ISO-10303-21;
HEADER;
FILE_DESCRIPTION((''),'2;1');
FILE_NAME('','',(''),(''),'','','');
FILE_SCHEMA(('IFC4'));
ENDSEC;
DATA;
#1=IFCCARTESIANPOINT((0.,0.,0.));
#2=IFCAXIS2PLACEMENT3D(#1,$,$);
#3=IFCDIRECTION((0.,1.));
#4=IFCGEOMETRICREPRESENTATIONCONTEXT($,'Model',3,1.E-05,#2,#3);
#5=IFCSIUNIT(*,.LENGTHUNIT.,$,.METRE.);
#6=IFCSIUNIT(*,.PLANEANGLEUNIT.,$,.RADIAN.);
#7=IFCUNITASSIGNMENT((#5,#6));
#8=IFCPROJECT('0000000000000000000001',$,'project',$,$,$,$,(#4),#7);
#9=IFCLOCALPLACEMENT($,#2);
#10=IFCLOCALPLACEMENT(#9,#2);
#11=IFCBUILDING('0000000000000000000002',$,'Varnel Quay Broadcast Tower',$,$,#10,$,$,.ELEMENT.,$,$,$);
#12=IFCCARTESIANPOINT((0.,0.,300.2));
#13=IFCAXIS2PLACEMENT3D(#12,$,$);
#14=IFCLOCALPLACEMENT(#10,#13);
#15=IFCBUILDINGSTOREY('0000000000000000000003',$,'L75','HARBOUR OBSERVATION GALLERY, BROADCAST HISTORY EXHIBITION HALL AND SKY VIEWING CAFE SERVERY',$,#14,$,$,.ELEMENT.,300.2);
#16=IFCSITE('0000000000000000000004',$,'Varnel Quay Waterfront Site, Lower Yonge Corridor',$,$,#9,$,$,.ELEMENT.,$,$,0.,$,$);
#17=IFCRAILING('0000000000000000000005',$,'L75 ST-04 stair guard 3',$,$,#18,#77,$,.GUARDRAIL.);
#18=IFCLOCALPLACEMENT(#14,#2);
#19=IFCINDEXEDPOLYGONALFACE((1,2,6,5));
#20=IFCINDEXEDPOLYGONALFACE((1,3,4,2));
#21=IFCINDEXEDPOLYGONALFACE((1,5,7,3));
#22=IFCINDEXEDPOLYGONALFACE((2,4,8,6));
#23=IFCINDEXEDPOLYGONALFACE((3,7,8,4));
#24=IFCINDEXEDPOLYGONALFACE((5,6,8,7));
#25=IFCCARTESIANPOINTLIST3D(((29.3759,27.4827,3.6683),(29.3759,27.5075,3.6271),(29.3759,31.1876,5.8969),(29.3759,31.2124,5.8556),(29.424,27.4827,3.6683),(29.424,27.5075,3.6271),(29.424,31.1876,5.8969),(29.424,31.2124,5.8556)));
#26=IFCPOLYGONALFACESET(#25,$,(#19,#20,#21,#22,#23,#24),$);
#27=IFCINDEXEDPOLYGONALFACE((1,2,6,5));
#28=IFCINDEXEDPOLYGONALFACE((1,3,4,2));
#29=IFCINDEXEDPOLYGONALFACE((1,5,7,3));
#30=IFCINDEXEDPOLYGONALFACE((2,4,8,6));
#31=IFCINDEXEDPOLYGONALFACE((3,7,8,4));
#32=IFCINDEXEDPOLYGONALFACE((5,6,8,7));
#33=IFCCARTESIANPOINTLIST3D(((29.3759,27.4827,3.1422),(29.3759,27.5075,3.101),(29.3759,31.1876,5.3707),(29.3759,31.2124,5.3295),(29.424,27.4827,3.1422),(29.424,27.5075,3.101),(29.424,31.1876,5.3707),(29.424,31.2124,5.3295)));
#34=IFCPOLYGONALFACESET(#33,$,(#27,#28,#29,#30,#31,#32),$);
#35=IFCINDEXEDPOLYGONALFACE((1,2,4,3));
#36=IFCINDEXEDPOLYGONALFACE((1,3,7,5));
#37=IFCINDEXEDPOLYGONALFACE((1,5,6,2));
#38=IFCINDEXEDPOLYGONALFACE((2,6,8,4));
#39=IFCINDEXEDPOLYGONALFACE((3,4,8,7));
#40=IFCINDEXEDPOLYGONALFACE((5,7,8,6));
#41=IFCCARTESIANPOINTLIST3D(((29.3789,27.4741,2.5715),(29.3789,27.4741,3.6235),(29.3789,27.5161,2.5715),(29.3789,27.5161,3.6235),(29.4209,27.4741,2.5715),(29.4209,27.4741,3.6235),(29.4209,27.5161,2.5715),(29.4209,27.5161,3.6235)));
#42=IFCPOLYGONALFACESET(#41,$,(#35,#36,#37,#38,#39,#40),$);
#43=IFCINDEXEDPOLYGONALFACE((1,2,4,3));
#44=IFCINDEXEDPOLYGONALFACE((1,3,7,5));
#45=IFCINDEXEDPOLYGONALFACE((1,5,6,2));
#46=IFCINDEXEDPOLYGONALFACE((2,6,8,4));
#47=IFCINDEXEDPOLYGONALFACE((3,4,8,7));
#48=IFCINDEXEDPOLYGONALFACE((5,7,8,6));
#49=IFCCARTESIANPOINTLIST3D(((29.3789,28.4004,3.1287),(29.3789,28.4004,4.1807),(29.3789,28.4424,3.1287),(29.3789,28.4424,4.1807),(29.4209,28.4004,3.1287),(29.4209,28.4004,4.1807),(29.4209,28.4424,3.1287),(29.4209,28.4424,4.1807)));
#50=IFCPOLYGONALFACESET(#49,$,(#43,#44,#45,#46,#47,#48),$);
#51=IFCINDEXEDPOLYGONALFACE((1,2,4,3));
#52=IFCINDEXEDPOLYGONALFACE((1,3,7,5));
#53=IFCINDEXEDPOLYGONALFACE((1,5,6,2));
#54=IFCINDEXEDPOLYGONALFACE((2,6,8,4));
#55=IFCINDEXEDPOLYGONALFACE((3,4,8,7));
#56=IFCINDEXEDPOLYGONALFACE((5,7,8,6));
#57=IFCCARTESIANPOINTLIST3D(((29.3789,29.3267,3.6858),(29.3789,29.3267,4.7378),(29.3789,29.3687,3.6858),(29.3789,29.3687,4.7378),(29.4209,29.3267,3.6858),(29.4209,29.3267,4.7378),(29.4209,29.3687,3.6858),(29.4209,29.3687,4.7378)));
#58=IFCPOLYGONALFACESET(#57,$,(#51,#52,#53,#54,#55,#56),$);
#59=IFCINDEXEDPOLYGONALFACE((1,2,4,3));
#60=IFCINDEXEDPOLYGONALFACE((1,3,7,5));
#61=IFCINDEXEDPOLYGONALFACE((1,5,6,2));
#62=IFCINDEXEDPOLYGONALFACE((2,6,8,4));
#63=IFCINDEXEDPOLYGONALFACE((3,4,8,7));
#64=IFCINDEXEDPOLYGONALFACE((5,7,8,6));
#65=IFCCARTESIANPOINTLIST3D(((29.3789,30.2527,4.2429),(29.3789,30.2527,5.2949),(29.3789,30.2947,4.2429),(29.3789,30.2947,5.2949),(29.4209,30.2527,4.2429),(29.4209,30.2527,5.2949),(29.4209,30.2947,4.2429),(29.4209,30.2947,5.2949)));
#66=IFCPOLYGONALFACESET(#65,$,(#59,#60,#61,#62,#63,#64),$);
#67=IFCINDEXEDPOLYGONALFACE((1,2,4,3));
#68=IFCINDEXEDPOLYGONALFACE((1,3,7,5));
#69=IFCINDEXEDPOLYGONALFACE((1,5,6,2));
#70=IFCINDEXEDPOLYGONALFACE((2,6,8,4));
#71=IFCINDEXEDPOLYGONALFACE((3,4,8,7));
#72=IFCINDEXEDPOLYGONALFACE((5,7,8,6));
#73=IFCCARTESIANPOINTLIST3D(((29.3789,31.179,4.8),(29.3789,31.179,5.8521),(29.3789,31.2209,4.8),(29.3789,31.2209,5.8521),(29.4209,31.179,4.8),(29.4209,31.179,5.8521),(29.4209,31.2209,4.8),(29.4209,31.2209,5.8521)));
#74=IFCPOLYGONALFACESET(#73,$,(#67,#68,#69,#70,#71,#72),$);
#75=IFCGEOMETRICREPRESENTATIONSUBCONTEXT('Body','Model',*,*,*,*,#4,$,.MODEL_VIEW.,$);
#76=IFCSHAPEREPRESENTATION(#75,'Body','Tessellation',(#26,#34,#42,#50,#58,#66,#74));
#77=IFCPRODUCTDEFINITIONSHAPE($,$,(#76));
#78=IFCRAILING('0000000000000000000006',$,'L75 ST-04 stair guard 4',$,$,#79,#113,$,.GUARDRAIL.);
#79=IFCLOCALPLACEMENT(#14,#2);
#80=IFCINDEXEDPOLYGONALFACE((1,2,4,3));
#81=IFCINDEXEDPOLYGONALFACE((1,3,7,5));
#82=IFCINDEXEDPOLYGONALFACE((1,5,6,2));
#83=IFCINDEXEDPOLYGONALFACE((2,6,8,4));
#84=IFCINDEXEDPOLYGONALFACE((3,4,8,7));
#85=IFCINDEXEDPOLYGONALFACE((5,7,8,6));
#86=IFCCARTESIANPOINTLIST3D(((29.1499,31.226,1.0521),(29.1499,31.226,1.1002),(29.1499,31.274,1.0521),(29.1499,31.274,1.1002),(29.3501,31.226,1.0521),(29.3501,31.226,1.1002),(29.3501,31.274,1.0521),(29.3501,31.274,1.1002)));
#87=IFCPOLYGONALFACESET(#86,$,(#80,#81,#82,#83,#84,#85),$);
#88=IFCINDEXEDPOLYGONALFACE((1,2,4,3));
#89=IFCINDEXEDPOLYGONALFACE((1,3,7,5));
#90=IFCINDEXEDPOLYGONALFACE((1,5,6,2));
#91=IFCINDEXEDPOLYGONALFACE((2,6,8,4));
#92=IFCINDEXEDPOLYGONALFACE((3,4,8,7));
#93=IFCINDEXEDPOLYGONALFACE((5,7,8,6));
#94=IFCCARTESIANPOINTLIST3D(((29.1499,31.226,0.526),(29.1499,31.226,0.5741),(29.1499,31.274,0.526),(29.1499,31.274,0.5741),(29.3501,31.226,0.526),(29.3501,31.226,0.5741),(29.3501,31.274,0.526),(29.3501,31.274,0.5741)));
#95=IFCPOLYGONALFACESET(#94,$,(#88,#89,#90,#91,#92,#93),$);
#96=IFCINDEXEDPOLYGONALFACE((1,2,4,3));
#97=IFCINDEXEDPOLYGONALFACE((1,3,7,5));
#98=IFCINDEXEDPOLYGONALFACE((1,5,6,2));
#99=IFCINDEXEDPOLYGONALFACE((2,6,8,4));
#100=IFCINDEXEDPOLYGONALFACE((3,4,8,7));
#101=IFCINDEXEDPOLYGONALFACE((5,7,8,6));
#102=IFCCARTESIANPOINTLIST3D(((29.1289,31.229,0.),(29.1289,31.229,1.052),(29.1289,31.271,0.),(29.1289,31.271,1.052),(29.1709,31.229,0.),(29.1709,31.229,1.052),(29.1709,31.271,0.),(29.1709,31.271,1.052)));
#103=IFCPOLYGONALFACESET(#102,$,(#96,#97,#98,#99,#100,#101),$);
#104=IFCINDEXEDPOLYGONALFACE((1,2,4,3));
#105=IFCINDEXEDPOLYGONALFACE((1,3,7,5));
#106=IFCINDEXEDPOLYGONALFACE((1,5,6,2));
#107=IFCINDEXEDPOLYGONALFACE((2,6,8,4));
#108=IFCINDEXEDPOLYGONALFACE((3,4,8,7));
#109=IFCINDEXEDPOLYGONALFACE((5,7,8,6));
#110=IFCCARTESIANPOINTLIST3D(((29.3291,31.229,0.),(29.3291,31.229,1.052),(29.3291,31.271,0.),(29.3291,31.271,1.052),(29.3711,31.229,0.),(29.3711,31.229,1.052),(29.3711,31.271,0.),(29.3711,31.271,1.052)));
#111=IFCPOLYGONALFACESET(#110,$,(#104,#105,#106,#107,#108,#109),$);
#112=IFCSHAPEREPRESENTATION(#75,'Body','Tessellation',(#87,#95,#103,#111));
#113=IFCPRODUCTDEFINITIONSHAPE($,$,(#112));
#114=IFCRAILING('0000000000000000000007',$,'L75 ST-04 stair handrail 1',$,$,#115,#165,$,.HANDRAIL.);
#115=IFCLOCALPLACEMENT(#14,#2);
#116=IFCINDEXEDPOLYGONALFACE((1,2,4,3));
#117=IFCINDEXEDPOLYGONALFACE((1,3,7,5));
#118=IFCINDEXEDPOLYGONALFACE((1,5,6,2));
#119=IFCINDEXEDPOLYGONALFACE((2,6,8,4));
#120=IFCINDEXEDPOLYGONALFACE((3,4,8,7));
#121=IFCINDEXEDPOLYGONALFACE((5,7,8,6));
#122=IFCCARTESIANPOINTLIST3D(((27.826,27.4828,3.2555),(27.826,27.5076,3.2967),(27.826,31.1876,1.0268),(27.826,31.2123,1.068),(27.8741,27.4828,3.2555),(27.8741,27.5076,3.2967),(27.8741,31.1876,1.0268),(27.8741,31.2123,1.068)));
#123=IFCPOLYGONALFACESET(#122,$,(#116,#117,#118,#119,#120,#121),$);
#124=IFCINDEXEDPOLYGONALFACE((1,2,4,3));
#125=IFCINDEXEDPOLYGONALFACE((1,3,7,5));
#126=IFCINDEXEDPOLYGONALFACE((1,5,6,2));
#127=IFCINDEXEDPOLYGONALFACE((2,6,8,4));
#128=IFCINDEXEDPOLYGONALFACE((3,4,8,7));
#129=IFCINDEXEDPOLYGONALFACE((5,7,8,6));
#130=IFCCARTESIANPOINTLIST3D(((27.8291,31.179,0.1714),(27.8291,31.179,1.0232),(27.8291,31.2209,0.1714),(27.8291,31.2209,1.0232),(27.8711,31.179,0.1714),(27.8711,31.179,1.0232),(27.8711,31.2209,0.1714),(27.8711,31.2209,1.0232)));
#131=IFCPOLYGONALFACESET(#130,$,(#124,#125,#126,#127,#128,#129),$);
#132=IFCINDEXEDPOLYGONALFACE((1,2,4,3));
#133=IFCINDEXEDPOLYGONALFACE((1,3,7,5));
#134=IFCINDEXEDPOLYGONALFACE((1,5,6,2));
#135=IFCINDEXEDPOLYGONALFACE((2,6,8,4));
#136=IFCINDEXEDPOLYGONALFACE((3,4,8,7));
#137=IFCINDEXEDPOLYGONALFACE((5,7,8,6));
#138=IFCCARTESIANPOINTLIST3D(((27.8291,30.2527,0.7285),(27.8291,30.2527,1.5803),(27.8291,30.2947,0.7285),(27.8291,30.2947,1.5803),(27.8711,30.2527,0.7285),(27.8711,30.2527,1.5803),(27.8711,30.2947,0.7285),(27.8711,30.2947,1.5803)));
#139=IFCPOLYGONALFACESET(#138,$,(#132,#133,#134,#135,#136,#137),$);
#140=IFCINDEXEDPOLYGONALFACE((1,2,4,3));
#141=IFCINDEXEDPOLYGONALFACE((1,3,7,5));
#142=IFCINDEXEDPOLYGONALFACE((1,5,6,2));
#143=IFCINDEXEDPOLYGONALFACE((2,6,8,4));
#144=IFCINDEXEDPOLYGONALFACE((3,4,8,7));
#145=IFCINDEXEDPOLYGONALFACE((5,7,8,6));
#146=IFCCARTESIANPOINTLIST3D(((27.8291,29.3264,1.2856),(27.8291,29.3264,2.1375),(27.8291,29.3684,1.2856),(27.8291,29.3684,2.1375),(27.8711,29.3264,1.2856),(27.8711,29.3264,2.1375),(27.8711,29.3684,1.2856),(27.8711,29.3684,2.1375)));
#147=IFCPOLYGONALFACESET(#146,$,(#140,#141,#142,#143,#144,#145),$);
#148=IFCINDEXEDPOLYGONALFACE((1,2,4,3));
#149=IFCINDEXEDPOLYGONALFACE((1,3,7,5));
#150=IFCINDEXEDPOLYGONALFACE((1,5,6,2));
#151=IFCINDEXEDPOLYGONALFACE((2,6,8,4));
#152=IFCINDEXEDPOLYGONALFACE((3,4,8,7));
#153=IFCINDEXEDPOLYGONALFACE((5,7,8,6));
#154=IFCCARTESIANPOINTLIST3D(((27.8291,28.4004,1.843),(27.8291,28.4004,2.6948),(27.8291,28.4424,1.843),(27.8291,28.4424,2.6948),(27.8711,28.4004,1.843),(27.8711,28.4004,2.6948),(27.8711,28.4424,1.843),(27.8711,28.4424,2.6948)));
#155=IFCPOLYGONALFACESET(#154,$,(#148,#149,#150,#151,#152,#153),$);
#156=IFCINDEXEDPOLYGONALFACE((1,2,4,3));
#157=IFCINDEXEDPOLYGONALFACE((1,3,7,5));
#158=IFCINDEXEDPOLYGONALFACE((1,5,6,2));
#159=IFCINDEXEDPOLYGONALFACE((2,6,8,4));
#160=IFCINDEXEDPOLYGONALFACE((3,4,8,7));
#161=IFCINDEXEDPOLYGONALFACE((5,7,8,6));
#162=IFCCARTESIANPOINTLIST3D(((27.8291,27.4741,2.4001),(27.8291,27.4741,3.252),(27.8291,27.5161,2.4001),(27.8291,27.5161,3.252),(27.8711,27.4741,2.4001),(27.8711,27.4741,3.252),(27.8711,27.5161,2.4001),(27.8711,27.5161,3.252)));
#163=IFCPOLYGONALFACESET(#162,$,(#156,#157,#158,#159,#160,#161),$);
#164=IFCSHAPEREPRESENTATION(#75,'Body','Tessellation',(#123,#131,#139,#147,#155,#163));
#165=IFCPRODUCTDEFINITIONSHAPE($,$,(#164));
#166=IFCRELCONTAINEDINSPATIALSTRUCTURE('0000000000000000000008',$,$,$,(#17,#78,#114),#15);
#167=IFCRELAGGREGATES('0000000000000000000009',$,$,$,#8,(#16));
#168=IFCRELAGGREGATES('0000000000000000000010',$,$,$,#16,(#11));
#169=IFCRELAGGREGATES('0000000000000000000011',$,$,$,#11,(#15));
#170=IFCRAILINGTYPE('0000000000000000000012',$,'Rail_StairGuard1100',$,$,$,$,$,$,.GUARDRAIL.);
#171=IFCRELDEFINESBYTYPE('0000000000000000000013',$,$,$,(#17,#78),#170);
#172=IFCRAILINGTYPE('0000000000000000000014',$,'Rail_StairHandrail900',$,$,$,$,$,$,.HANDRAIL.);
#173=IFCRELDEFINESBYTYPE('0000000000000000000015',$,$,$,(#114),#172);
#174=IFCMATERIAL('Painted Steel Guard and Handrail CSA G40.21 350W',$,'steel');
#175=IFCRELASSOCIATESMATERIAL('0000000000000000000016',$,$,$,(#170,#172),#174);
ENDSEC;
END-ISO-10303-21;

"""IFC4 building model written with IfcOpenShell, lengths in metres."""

from ifc_helpers import new_model, si_unit, direction, frame, origin, origin_2d, place, context, subcontext, project, spatial, rectangle, extrude, material, type_object, element, save


model = new_model("IFC4")

# Units and contexts
model_context = context("Model", 3, precision=1e-05, world=origin(), true_north=direction((0.0, 1.0)))
body_context = subcontext(model_context, "Body", "Model", "MODEL_VIEW")
ifc_project = project(units=[si_unit("LENGTHUNIT", "METRE"), si_unit("PLANEANGLEUNIT", "RADIAN")], contexts=[model_context])

# Site, building, storey
site_placement = place(None, origin())
site = spatial("IfcSite", under=ifc_project, at=site_placement, Name="Varnel Quay Waterfront Site, Lower Yonge Corridor", CompositionType="ELEMENT", RefElevation=0.0)
building_placement = place(site_placement, origin())
building = spatial("IfcBuilding", under=site, at=building_placement, Name="Varnel Quay Broadcast Tower", CompositionType="ELEMENT")
storey_placement = place(building_placement, frame((0.0, 0.0, 300.2)))
storey = spatial("IfcBuildingStorey", under=building, at=storey_placement, Name="L75", Description="HARBOUR OBSERVATION GALLERY, BROADCAST HISTORY EXHIBITION HALL AND SKY VIEWING CAFE SERVERY", CompositionType="ELEMENT", Elevation=300.2)

# Railings
ifc_material_1 = material(Name="Painted Steel Guard and Handrail CSA G40.21 350W", Category="steel")
railing_type_1 = type_object("IfcRailingType", Name="Rail_StairGuard1100", PredefinedType="GUARDRAIL", material=ifc_material_1)
railing_1_placement = place(storey_placement, frame((29.3999, 27.4951, 2.5715)))
element("IfcRailing", 1, at=railing_1_placement, inside=storey, type_object=railing_type_1, Name="L75 ST-04 stair guard 3", PredefinedType="GUARDRAIL", context=body_context, shape_type="SweptSolid", body=[
    extrude(rectangle(XDim=0.0481, YDim=0.0481, at=origin_2d()), frame((0.0, 0.0, 1.0762), z_axis=(0.0, 0.856919, 0.51545), x_axis=(-1.0, 0.0, 0.0)), (0.0, 0.0, 1.0), 4.3235),
    extrude(rectangle(XDim=0.0481, YDim=0.0481, at=origin_2d()), frame((0.0, 0.0, 0.55), z_axis=(0.0, 0.856919, 0.51545), x_axis=(-1.0, 0.0, 0.0)), (0.0, 0.0, 1.0), 4.3235),
    extrude(rectangle(XDim=0.042, YDim=0.042, at=origin_2d()), origin(), (0.0, 0.0, 1.0), 1.052),
    extrude(rectangle(XDim=0.042, YDim=0.042, at=origin_2d()), frame((0.0, 0.9263, 0.5571)), (0.0, 0.0, 1.0), 1.052),
    extrude(rectangle(XDim=0.042, YDim=0.042, at=origin_2d()), frame((0.0, 1.8525, 1.1143)), (0.0, 0.0, 1.0), 1.052),
    extrude(rectangle(XDim=0.042, YDim=0.042, at=origin_2d()), frame((0.0, 2.7786, 1.6714)), (0.0, 0.0, 1.0), 1.052),
    extrude(rectangle(XDim=0.042, YDim=0.042, at=origin_2d()), frame((0.0, 3.7048, 2.2285)), (0.0, 0.0, 1.0), 1.052),
])
railing_2_placement = place(storey_placement, frame((29.1499, 31.25, 0.0)))
element("IfcRailing", 2, at=railing_2_placement, inside=storey, type_object=railing_type_1, Name="L75 ST-04 stair guard 4", PredefinedType="GUARDRAIL", context=body_context, shape_type="SweptSolid", body=[
    extrude(rectangle(XDim=0.0481, YDim=0.0481, at=origin_2d()), frame((0.0, 0.0, 1.0762), z_axis=(1.0, 0.0, 0.0), x_axis=(0.0, 1.0, 0.0)), (0.0, 0.0, 1.0), 0.2002),
    extrude(rectangle(XDim=0.0481, YDim=0.0481, at=origin_2d()), frame((0.0, 0.0, 0.55), z_axis=(1.0, 0.0, 0.0), x_axis=(0.0, 1.0, 0.0)), (0.0, 0.0, 1.0), 0.2002),
    extrude(rectangle(XDim=0.042, YDim=0.042, at=origin_2d()), origin(), (0.0, 0.0, 1.0), 1.052),
    extrude(rectangle(XDim=0.042, YDim=0.042, at=origin_2d()), frame((0.2002, 0.0, 0.0)), (0.0, 0.0, 1.0), 1.052),
])
railing_type_2 = type_object("IfcRailingType", Name="Rail_StairHandrail900", PredefinedType="HANDRAIL", material=ifc_material_1)
railing_3_placement = place(storey_placement, frame((27.8501, 31.2, 0.1714)))
element("IfcRailing", 3, at=railing_3_placement, inside=storey, type_object=railing_type_2, Name="L75 ST-04 stair handrail 1", PredefinedType="HANDRAIL", context=body_context, shape_type="SweptSolid", body=[
    extrude(rectangle(XDim=0.0481, YDim=0.0481, at=origin_2d()), frame((0.0, 0.0, 0.876), z_axis=(0.0, -0.856894, 0.515492), x_axis=(1.0, 0.0, 0.0)), (0.0, 0.0, 1.0), 4.3235),
    extrude(rectangle(XDim=0.042, YDim=0.042, at=origin_2d()), origin(), (0.0, 0.0, 1.0), 0.8518),
    extrude(rectangle(XDim=0.042, YDim=0.042, at=origin_2d()), frame((0.0, -0.9263, 0.5571)), (0.0, 0.0, 1.0), 0.8518),
    extrude(rectangle(XDim=0.042, YDim=0.042, at=origin_2d()), frame((0.0, -1.8525, 1.1143)), (0.0, 0.0, 1.0), 0.8518),
    extrude(rectangle(XDim=0.042, YDim=0.042, at=origin_2d()), frame((0.0, -2.7786, 1.6716)), (0.0, 0.0, 1.0), 0.8518),
    extrude(rectangle(XDim=0.042, YDim=0.042, at=origin_2d()), frame((0.0, -3.7048, 2.2288)), (0.0, 0.0, 1.0), 0.8518),
])

save(model, "model.ifc")
